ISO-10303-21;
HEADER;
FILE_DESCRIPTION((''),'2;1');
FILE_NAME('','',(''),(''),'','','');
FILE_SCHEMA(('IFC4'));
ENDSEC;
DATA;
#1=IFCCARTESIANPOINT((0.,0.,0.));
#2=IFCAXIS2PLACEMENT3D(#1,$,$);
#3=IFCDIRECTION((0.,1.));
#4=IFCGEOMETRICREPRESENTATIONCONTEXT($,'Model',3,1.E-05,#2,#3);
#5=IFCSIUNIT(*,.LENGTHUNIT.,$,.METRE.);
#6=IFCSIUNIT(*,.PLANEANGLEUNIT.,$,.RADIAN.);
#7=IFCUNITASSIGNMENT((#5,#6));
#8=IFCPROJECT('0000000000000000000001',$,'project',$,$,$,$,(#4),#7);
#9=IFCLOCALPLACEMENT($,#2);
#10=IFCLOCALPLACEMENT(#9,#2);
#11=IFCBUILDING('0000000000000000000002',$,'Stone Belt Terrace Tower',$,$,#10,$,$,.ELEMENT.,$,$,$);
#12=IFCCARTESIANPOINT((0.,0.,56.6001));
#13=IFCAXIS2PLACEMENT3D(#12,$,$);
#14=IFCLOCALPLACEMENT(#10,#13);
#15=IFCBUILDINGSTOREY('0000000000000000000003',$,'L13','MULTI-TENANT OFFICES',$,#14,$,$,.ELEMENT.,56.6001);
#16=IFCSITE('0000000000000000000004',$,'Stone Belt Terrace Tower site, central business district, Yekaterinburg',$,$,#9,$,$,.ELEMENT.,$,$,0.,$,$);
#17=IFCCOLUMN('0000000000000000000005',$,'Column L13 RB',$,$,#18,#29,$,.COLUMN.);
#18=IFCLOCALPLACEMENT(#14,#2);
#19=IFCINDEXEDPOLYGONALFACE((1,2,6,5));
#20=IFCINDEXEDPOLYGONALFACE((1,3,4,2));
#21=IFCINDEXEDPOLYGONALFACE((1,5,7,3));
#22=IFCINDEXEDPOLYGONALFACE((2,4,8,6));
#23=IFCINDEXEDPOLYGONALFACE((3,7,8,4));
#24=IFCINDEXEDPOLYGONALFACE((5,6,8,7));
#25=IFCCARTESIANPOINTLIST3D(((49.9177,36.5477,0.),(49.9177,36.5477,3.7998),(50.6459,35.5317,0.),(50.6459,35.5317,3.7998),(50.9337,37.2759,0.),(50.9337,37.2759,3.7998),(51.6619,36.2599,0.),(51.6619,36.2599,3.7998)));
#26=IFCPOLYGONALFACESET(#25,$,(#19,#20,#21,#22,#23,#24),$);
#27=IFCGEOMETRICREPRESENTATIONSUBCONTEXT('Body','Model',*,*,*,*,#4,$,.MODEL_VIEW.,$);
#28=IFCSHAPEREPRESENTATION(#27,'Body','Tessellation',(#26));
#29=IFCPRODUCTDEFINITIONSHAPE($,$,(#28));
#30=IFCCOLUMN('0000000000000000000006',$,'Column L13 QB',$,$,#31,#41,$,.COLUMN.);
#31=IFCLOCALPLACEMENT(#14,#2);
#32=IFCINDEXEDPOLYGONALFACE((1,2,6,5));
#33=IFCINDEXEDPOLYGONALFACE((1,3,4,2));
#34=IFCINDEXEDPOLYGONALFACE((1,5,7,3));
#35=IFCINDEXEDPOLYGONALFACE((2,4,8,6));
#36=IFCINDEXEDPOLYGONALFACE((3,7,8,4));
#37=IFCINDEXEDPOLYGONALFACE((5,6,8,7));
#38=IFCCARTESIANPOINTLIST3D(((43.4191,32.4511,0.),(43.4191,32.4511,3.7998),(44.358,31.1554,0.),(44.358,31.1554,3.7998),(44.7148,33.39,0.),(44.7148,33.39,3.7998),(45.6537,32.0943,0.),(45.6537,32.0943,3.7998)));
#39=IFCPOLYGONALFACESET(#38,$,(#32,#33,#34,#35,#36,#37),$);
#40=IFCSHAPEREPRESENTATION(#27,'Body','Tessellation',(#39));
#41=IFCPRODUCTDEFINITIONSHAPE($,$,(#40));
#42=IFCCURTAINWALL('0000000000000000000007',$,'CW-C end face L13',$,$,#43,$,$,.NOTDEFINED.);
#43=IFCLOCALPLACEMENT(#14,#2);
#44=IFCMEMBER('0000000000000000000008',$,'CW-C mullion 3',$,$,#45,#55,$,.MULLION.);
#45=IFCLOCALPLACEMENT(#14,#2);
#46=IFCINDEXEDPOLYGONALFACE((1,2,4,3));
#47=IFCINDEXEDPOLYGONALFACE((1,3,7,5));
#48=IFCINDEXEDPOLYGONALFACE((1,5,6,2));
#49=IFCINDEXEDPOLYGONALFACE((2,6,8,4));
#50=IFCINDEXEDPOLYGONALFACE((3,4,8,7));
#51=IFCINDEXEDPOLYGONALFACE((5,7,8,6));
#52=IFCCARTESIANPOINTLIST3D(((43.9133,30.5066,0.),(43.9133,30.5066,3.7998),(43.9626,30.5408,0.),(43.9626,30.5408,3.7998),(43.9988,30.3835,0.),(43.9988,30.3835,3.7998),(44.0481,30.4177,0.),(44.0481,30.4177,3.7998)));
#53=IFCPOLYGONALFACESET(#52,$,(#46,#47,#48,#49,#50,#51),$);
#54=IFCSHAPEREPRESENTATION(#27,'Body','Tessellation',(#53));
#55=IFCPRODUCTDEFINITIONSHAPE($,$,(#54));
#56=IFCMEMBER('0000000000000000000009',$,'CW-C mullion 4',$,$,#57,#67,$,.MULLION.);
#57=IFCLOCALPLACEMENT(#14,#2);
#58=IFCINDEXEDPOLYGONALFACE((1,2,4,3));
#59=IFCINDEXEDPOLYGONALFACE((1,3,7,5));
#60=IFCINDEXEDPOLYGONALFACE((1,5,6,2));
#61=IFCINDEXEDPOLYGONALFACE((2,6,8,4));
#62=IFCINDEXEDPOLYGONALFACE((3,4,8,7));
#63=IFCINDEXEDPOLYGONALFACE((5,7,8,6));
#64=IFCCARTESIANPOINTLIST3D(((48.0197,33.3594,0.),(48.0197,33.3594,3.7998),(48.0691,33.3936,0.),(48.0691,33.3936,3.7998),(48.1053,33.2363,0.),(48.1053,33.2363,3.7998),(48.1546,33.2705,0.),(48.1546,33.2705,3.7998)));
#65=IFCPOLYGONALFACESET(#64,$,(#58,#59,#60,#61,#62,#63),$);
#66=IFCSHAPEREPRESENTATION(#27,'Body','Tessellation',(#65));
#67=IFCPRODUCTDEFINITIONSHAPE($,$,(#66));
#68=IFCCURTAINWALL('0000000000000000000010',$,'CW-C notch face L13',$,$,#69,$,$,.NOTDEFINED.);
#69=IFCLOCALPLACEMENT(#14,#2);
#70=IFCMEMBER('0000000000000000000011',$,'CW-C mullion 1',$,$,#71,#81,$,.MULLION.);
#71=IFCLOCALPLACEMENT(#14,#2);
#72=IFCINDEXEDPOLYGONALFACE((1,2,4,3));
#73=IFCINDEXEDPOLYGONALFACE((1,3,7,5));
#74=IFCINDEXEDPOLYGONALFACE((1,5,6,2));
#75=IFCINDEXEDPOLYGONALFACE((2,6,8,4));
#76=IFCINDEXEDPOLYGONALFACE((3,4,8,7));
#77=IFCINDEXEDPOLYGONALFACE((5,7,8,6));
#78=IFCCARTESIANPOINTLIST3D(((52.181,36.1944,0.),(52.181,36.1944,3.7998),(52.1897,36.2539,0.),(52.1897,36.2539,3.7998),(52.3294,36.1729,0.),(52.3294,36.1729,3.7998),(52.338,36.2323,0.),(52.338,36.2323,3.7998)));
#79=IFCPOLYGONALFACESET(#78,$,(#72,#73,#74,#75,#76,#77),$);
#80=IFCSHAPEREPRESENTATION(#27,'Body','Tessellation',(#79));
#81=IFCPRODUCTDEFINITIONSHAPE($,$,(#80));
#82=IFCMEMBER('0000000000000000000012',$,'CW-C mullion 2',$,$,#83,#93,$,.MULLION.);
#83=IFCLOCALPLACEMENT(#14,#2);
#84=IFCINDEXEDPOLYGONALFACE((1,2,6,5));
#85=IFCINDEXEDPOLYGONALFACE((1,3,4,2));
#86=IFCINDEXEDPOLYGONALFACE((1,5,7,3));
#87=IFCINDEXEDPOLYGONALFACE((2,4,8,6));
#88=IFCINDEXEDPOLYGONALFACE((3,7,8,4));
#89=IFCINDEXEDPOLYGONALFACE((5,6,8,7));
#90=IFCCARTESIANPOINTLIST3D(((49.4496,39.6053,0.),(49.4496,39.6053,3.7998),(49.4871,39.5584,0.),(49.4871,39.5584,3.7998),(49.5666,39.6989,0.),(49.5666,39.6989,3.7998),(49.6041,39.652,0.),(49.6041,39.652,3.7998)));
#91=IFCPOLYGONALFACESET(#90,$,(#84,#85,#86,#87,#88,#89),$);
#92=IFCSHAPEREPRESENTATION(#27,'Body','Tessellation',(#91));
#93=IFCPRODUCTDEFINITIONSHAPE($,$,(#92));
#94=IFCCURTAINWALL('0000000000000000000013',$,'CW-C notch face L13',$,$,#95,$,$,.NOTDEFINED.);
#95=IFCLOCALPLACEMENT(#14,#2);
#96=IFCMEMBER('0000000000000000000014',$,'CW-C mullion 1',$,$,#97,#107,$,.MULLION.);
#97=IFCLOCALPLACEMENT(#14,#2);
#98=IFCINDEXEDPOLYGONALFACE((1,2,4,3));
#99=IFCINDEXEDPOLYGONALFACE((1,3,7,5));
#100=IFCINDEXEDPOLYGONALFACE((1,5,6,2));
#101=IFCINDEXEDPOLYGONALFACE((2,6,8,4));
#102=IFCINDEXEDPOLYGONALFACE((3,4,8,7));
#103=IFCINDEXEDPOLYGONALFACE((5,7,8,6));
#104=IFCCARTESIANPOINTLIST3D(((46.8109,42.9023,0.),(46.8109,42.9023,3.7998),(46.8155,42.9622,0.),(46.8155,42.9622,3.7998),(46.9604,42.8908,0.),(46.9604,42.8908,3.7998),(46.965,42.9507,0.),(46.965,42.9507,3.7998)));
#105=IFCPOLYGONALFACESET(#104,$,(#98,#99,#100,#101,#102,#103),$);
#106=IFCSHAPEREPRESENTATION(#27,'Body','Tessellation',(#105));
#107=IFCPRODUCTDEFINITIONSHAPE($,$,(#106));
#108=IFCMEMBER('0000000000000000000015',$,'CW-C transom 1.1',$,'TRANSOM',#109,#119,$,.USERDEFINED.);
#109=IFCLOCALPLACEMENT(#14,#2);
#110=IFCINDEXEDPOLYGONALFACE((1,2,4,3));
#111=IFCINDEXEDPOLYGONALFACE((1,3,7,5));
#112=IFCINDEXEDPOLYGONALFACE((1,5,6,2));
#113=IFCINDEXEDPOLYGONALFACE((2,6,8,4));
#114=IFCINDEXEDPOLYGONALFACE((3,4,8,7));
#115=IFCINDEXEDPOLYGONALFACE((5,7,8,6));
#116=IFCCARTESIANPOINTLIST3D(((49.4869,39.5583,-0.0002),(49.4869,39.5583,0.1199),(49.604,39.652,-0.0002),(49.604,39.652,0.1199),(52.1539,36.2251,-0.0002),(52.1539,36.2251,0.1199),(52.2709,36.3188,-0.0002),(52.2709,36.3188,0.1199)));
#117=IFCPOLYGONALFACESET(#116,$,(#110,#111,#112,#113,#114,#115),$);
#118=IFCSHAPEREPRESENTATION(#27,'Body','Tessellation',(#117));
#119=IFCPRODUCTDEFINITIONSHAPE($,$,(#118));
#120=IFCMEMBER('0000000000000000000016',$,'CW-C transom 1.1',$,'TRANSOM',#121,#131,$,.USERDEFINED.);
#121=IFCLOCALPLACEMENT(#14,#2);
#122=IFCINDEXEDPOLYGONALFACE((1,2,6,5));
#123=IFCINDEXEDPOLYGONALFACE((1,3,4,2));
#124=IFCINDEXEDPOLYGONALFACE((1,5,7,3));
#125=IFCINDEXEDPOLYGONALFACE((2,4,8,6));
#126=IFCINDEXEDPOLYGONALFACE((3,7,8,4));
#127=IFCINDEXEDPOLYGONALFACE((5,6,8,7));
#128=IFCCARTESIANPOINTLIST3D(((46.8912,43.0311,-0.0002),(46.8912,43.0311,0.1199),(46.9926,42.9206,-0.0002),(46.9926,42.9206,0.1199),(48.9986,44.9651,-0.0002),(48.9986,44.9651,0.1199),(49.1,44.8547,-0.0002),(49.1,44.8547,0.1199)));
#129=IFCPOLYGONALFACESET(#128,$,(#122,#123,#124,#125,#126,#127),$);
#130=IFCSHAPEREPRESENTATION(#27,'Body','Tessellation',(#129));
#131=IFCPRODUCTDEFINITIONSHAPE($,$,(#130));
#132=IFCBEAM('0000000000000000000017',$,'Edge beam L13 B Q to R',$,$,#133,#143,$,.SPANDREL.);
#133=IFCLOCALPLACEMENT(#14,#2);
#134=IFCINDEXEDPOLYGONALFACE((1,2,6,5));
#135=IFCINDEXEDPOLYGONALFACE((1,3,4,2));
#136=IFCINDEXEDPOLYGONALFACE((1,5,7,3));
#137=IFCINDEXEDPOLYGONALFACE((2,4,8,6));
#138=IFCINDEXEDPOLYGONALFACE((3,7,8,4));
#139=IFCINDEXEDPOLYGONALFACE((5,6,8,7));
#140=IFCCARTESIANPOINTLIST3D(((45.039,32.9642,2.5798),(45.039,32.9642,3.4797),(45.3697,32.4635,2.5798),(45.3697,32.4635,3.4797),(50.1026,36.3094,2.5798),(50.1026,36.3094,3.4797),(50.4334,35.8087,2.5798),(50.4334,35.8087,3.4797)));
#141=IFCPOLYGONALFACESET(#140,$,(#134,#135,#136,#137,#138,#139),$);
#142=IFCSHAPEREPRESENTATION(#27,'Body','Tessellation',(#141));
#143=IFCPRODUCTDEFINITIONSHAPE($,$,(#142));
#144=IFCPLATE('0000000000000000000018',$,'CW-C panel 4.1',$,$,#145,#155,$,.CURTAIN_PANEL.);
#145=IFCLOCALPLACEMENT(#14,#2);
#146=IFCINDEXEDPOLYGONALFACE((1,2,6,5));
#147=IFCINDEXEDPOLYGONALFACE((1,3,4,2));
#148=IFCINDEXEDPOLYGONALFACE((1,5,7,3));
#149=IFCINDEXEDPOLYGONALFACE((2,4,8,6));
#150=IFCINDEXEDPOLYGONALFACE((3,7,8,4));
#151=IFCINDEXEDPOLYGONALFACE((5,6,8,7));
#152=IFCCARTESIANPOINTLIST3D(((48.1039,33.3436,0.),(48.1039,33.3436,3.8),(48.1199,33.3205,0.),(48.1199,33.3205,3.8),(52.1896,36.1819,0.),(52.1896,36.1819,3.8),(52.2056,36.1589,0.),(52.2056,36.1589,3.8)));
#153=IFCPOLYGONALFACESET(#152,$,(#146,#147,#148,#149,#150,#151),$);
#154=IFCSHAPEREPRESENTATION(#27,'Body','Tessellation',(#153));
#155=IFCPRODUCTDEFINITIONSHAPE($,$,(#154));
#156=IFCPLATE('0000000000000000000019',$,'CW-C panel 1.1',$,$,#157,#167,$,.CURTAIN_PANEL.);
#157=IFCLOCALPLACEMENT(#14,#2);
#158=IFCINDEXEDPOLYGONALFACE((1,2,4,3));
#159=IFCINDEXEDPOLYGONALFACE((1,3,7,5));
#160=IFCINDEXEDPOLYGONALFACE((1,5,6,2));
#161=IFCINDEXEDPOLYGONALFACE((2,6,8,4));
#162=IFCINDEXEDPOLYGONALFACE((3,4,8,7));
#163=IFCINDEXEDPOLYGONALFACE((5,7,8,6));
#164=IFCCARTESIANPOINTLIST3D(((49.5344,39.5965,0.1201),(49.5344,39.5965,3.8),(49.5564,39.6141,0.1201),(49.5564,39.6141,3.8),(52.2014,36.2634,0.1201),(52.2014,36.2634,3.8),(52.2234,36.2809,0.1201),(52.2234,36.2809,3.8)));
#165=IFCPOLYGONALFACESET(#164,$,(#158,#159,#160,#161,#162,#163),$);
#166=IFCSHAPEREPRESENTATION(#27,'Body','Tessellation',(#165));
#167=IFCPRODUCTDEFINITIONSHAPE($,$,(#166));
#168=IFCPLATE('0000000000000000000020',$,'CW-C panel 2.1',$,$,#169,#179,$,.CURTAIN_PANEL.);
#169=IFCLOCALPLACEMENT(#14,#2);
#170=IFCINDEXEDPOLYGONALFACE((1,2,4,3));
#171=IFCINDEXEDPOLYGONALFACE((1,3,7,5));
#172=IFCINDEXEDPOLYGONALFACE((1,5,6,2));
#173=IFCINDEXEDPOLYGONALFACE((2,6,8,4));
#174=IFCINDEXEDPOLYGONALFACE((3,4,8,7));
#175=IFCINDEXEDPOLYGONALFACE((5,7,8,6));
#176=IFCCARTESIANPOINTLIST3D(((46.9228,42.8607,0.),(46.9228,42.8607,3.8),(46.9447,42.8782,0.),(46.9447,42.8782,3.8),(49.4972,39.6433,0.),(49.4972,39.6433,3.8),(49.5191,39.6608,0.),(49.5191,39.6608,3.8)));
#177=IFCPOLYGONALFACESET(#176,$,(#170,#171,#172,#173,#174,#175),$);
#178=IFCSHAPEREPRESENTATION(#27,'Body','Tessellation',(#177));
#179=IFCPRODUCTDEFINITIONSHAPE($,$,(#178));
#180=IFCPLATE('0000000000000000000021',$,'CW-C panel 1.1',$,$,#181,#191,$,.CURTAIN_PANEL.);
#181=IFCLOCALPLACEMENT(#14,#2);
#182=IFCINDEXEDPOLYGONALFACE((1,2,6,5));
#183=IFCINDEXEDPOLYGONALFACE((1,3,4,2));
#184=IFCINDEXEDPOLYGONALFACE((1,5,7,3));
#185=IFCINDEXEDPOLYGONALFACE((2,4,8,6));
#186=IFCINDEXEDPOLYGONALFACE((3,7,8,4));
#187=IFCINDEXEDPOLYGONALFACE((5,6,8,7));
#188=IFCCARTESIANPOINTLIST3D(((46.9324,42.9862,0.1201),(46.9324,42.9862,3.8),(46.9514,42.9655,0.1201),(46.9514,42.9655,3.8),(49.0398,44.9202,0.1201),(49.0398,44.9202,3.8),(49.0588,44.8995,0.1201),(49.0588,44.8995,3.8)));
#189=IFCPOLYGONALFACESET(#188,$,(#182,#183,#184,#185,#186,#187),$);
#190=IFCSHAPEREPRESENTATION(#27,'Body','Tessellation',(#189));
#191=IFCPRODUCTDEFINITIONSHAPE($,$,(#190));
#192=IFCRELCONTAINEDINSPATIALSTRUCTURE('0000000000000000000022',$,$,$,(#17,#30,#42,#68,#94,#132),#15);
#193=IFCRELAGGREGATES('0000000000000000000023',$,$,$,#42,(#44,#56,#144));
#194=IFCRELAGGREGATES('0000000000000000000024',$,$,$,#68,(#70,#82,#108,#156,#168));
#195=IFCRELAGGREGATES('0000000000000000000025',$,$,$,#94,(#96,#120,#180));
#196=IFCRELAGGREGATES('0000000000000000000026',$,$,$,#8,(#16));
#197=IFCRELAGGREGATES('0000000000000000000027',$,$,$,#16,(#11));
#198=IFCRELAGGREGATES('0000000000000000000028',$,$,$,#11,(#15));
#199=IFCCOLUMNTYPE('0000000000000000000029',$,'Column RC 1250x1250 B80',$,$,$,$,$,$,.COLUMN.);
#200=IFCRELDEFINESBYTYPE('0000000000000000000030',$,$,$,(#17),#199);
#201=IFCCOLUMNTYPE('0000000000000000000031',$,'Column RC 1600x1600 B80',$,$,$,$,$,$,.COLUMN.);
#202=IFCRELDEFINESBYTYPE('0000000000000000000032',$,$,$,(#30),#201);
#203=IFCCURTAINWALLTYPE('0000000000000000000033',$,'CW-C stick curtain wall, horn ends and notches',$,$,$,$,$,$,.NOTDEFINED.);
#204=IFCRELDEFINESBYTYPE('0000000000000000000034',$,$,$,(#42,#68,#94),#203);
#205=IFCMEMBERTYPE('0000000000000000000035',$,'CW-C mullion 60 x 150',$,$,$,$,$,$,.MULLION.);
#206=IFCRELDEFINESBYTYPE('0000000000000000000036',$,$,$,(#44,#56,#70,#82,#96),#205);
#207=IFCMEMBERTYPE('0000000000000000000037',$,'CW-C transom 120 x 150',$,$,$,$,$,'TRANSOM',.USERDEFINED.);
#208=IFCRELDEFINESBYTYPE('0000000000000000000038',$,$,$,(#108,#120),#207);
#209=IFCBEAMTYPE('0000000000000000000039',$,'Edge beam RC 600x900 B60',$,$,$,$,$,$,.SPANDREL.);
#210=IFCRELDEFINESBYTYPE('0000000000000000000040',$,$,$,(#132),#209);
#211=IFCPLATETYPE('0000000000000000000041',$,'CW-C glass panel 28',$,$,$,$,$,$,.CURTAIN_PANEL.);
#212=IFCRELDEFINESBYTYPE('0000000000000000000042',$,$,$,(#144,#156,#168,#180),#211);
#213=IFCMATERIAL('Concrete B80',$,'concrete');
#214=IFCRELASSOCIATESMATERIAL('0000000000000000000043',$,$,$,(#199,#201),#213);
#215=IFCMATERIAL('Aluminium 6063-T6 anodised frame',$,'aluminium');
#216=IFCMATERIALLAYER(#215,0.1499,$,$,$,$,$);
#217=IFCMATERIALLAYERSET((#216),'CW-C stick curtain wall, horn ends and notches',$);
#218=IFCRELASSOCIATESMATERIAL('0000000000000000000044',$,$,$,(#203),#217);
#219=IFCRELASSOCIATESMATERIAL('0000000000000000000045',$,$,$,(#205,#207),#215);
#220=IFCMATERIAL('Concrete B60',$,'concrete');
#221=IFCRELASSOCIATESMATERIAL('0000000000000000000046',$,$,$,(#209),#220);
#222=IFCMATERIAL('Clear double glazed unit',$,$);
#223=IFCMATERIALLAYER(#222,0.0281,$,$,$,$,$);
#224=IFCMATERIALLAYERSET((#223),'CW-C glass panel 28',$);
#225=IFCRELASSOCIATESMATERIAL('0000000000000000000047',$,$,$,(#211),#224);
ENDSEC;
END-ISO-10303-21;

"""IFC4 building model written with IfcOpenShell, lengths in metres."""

from ifc_helpers import new_model, si_unit, direction, frame, origin, origin_2d, place, context, subcontext, project, spatial, rectangle, extrude, material, layer, layer_set, material_profile, profile_set, type_object, element, aggregate, save


model = new_model("IFC4")

# Units and contexts
model_context = context("Model", 3, precision=1e-05, world=origin(), true_north=direction((0.0, 1.0)))
body_context = subcontext(model_context, "Body", "Model", "MODEL_VIEW")
ifc_project = project(units=[si_unit("LENGTHUNIT", "METRE"), si_unit("PLANEANGLEUNIT", "RADIAN")], contexts=[model_context])

# Site, building, storey
site_placement = place(None, origin())
site = spatial("IfcSite", under=ifc_project, at=site_placement, Name="Stone Belt Terrace Tower site, central business district, Yekaterinburg", CompositionType="ELEMENT", RefElevation=0.0)
building_placement = place(site_placement, origin())
building = spatial("IfcBuilding", under=site, at=building_placement, Name="Stone Belt Terrace Tower", CompositionType="ELEMENT")
storey_placement = place(building_placement, frame((0.0, 0.0, 56.6001)))
storey = spatial("IfcBuildingStorey", under=building, at=storey_placement, Name="L13", Description="MULTI-TENANT OFFICES", CompositionType="ELEMENT", Elevation=56.6001)

# Columns
ifc_material_1 = material(Name="Concrete B80", Category="concrete")
ifc_material_profile_1 = material_profile(ifc_material_1, rectangle(XDim=1.25, YDim=1.25, at=origin_2d()), Name="RC 1250x1250")
ifc_profile_set_1 = profile_set([ifc_material_profile_1], Name="Concrete B80")
column_type_1 = type_object("IfcColumnType", Name="Column RC 1250x1250 B80", PredefinedType="COLUMN", material=ifc_profile_set_1)
column_1_placement = place(storey_placement, frame((50.7898, 36.4038, 0.0), z_axis=(0.0, 0.0, 1.0), x_axis=(0.582566, -0.812784, 0.0)))
element("IfcColumn", 1, at=column_1_placement, inside=storey, type_object=column_type_1, Name="Column L13 RB", PredefinedType="COLUMN", context=body_context, shape_type="SweptSolid", body=[
    extrude(rectangle(XDim=1.25, YDim=1.25, at=origin_2d()), origin(), (0.0, 0.0, 1.0), 3.7998),
])
ifc_material_profile_2 = material_profile(ifc_material_1, rectangle(XDim=1.6001, YDim=1.6001, at=origin_2d()), Name="RC 1600x1600")
ifc_profile_set_2 = profile_set([ifc_material_profile_2], Name="Concrete B80")
column_type_2 = type_object("IfcColumnType", Name="Column RC 1600x1600 B80", PredefinedType="COLUMN", material=ifc_profile_set_2)
column_2_placement = place(storey_placement, frame((44.5364, 32.2727, 0.0), z_axis=(0.0, 0.0, 1.0), x_axis=(0.586774, -0.809751, 0.0)))
element("IfcColumn", 2, at=column_2_placement, inside=storey, type_object=column_type_2, Name="Column L13 QB", PredefinedType="COLUMN", context=body_context, shape_type="SweptSolid", body=[
    extrude(rectangle(XDim=1.6001, YDim=1.6001, at=origin_2d()), origin(), (0.0, 0.0, 1.0), 3.7998),
])

# Curtain walls, members
ifc_material_2 = material(Name="Aluminium 6063-T6 anodised frame", Category="aluminium")
ifc_layer_1 = layer(ifc_material_2, 0.1499)
ifc_layer_set_1 = layer_set([ifc_layer_1], Name="CW-C stick curtain wall, horn ends and notches")
curtain_wall_type = type_object("IfcCurtainWallType", Name="CW-C stick curtain wall, horn ends and notches", PredefinedType="NOTDEFINED", material=ifc_layer_set_1)
curtain_wall_1_placement = place(storey_placement, origin())
curtain_wall_1 = element("IfcCurtainWall", 3, at=curtain_wall_1_placement, inside=storey, type_object=curtain_wall_type, Name="CW-C end face L13", PredefinedType="NOTDEFINED")
ifc_material_profile_3 = material_profile(ifc_material_2, rectangle(XDim=0.1499, YDim=0.0601, at=origin_2d()), Name="Aluminium 6063-T6 60x150")
ifc_profile_set_3 = profile_set([ifc_material_profile_3], Name="Aluminium 6063-T6 anodised frame")
member_type_1 = type_object("IfcMemberType", Name="CW-C mullion 60 x 150", PredefinedType="MULLION", material=ifc_profile_set_3)
member_1_placement = place(storey_placement, frame((43.9807, 30.4622, 0.0), z_axis=(0.0, 0.0, 1.0), x_axis=(-0.570537, 0.821272, 0.0)))
member_1 = element("IfcMember", 4, at=member_1_placement, type_object=member_type_1, Name="CW-C mullion 3", PredefinedType="MULLION", context=body_context, shape_type="SweptSolid", body=[
    extrude(rectangle(XDim=0.1499, YDim=0.0601, at=origin_2d()), origin(), (0.0, 0.0, 1.0), 3.7998),
])
member_2_placement = place(storey_placement, frame((48.0872, 33.3149, 0.0), z_axis=(0.0, 0.0, 1.0), x_axis=(-0.570537, 0.821272, 0.0)))
member_2 = element("IfcMember", 5, at=member_2_placement, type_object=member_type_1, Name="CW-C mullion 4", PredefinedType="MULLION", context=body_context, shape_type="SweptSolid", body=[
    extrude(rectangle(XDim=0.1499, YDim=0.0601, at=origin_2d()), origin(), (0.0, 0.0, 1.0), 3.7998),
])
curtain_wall_2_placement = place(storey_placement, origin())
curtain_wall_2 = element("IfcCurtainWall", 6, at=curtain_wall_2_placement, inside=storey, type_object=curtain_wall_type, Name="CW-C notch face L13", PredefinedType="NOTDEFINED")
member_3_placement = place(storey_placement, frame((52.2595, 36.2134, 0.0), z_axis=(0.0, 0.0, 1.0), x_axis=(-0.989592, 0.143902, 0.0)))
member_3 = element("IfcMember", 7, at=member_3_placement, type_object=member_type_1, Name="CW-C mullion 1", PredefinedType="MULLION", context=body_context, shape_type="SweptSolid", body=[
    extrude(rectangle(XDim=0.1499, YDim=0.0601, at=origin_2d()), origin(), (0.0, 0.0, 1.0), 3.7998),
])
member_4_placement = place(storey_placement, frame((49.5269, 39.6287, 0.0), z_axis=(0.0, 0.0, 1.0), x_axis=(-0.780814, -0.624764, 0.0)))
member_4 = element("IfcMember", 8, at=member_4_placement, type_object=member_type_1, Name="CW-C mullion 2", PredefinedType="MULLION", context=body_context, shape_type="SweptSolid", body=[
    extrude(rectangle(XDim=0.1499, YDim=0.0601, at=origin_2d()), origin(), (0.0, 0.0, 1.0), 3.7998),
])

# Curtain wall, member
curtain_wall_3_placement = place(storey_placement, origin())
curtain_wall_3 = element("IfcCurtainWall", 9, at=curtain_wall_3_placement, inside=storey, type_object=curtain_wall_type, Name="CW-C notch face L13", PredefinedType="NOTDEFINED")
member_5_placement = place(storey_placement, frame((46.8879, 42.9265, 0.0), z_axis=(0.0, 0.0, 1.0), x_axis=(-0.997057, 0.076659, 0.0)))
member_5 = element("IfcMember", 10, at=member_5_placement, type_object=member_type_1, Name="CW-C mullion 1", PredefinedType="MULLION", context=body_context, shape_type="SweptSolid", body=[
    extrude(rectangle(XDim=0.1499, YDim=0.0601, at=origin_2d()), origin(), (0.0, 0.0, 1.0), 3.7998),
])

# Members
ifc_material_profile_4 = material_profile(ifc_material_2, rectangle(XDim=0.1499, YDim=0.1201, at=origin_2d()), Name="Aluminium 6063-T6 150x120")
ifc_profile_set_4 = profile_set([ifc_material_profile_4], Name="Aluminium 6063-T6 anodised frame")
member_type_2 = type_object("IfcMemberType", Name="CW-C transom 120 x 150", ElementType="TRANSOM", PredefinedType="USERDEFINED", material=ifc_profile_set_4)
member_6_placement = place(storey_placement, frame((52.2124, 36.272, 0.0598), z_axis=(-0.624751, 0.780824, 0.0), x_axis=(-0.780824, -0.624751, 0.0)))
member_6 = element("IfcMember", 11, at=member_6_placement, type_object=member_type_2, Name="CW-C transom 1.1", ObjectType="TRANSOM", PredefinedType="USERDEFINED", context=body_context, shape_type="SweptSolid", body=[
    extrude(rectangle(XDim=0.1499, YDim=0.1201, at=origin_2d()), origin(), (0.0, 0.0, 1.0), 4.2688),
])
member_7_placement = place(storey_placement, frame((46.9419, 42.9758, 0.0598), z_axis=(0.736757, 0.676157, 0.0), x_axis=(-0.676157, 0.736757, 0.0)))
member_7 = element("IfcMember", 12, at=member_7_placement, type_object=member_type_2, Name="CW-C transom 1.1", ObjectType="TRANSOM", PredefinedType="USERDEFINED", context=body_context, shape_type="SweptSolid", body=[
    extrude(rectangle(XDim=0.1499, YDim=0.1201, at=origin_2d()), origin(), (0.0, 0.0, 1.0), 2.8604),
])

# Beam
ifc_material_3 = material(Name="Concrete B60", Category="concrete")
ifc_material_profile_5 = material_profile(ifc_material_3, rectangle(XDim=0.6001, YDim=0.8999, at=origin_2d()), Name="RC 600x900")
ifc_profile_set_5 = profile_set([ifc_material_profile_5], Name="Concrete B60")
beam_type = type_object("IfcBeamType", Name="Edge beam RC 600x900 B60", PredefinedType="SPANDREL", material=ifc_profile_set_5)
beam_placement = place(storey_placement, frame((45.2043, 32.7139, 3.0298), z_axis=(0.83437, 0.551205, 0.0), x_axis=(-0.551205, 0.83437, 0.0)))
element("IfcBeam", 13, at=beam_placement, inside=storey, type_object=beam_type, Name="Edge beam L13 B Q to R", PredefinedType="SPANDREL", context=body_context, shape_type="SweptSolid", body=[
    extrude(rectangle(XDim=0.6001, YDim=0.8999, at=origin_2d()), origin(), (0.0, 0.0, 1.0), 6.0688),
])

# Plates
ifc_material_4 = material(Name="Clear double glazed unit")
ifc_layer_2 = layer(ifc_material_4, 0.0281)
ifc_layer_set_2 = layer_set([ifc_layer_2], Name="CW-C glass panel 28")
plate_type = type_object("IfcPlateType", Name="CW-C glass panel 28", PredefinedType="CURTAIN_PANEL", material=ifc_layer_set_2)
plate_1_placement = place(storey_placement, frame((50.1548, 34.7512, 0.0), z_axis=(0.0, 0.0, 1.0), x_axis=(0.821272, 0.570537, 0.0)))
plate_1 = element("IfcPlate", 14, at=plate_1_placement, type_object=plate_type, Name="CW-C panel 4.1", PredefinedType="CURTAIN_PANEL", context=body_context, shape_type="SweptSolid", body=[
    extrude(rectangle(XDim=4.9749, YDim=0.0281, at=origin_2d()), origin(), (0.0, 0.0, 1.0), 3.8),
])
aggregate(curtain_wall_1, [member_1, member_2, plate_1])
plate_2_placement = place(storey_placement, frame((50.8789, 37.9387, 0.1201), z_axis=(0.0, 0.0, 1.0), x_axis=(-0.624764, 0.780814, 0.0)))
plate_2 = element("IfcPlate", 15, at=plate_2_placement, type_object=plate_type, Name="CW-C panel 1.1", PredefinedType="CURTAIN_PANEL", context=body_context, shape_type="SweptSolid", body=[
    extrude(rectangle(XDim=4.2688, YDim=0.0281, at=origin_2d()), origin(), (0.0, 0.0, 1.0), 3.6799),
])
plate_3_placement = place(storey_placement, frame((48.2209, 41.2607, 0.0), z_axis=(0.0, 0.0, 1.0), x_axis=(-0.624764, 0.780814, 0.0)))
plate_3 = element("IfcPlate", 16, at=plate_3_placement, type_object=plate_type, Name="CW-C panel 2.1", PredefinedType="CURTAIN_PANEL", context=body_context, shape_type="SweptSolid", body=[
    extrude(rectangle(XDim=4.1206, YDim=0.0281, at=origin_2d()), origin(), (0.0, 0.0, 1.0), 3.8),
])
aggregate(curtain_wall_2, [member_3, member_4, member_6, plate_2, plate_3])
plate_4_placement = place(storey_placement, frame((47.9956, 43.9429, 0.1201), z_axis=(0.0, 0.0, 1.0), x_axis=(0.736782, 0.676131, 0.0)))
plate_4 = element("IfcPlate", 17, at=plate_4_placement, type_object=plate_type, Name="CW-C panel 1.1", PredefinedType="CURTAIN_PANEL", context=body_context, shape_type="SweptSolid", body=[
    extrude(rectangle(XDim=2.8604, YDim=0.0281, at=origin_2d()), origin(), (0.0, 0.0, 1.0), 3.6799),
])
aggregate(curtain_wall_3, [member_5, member_7, plate_4])

save(model, "model.ifc")
